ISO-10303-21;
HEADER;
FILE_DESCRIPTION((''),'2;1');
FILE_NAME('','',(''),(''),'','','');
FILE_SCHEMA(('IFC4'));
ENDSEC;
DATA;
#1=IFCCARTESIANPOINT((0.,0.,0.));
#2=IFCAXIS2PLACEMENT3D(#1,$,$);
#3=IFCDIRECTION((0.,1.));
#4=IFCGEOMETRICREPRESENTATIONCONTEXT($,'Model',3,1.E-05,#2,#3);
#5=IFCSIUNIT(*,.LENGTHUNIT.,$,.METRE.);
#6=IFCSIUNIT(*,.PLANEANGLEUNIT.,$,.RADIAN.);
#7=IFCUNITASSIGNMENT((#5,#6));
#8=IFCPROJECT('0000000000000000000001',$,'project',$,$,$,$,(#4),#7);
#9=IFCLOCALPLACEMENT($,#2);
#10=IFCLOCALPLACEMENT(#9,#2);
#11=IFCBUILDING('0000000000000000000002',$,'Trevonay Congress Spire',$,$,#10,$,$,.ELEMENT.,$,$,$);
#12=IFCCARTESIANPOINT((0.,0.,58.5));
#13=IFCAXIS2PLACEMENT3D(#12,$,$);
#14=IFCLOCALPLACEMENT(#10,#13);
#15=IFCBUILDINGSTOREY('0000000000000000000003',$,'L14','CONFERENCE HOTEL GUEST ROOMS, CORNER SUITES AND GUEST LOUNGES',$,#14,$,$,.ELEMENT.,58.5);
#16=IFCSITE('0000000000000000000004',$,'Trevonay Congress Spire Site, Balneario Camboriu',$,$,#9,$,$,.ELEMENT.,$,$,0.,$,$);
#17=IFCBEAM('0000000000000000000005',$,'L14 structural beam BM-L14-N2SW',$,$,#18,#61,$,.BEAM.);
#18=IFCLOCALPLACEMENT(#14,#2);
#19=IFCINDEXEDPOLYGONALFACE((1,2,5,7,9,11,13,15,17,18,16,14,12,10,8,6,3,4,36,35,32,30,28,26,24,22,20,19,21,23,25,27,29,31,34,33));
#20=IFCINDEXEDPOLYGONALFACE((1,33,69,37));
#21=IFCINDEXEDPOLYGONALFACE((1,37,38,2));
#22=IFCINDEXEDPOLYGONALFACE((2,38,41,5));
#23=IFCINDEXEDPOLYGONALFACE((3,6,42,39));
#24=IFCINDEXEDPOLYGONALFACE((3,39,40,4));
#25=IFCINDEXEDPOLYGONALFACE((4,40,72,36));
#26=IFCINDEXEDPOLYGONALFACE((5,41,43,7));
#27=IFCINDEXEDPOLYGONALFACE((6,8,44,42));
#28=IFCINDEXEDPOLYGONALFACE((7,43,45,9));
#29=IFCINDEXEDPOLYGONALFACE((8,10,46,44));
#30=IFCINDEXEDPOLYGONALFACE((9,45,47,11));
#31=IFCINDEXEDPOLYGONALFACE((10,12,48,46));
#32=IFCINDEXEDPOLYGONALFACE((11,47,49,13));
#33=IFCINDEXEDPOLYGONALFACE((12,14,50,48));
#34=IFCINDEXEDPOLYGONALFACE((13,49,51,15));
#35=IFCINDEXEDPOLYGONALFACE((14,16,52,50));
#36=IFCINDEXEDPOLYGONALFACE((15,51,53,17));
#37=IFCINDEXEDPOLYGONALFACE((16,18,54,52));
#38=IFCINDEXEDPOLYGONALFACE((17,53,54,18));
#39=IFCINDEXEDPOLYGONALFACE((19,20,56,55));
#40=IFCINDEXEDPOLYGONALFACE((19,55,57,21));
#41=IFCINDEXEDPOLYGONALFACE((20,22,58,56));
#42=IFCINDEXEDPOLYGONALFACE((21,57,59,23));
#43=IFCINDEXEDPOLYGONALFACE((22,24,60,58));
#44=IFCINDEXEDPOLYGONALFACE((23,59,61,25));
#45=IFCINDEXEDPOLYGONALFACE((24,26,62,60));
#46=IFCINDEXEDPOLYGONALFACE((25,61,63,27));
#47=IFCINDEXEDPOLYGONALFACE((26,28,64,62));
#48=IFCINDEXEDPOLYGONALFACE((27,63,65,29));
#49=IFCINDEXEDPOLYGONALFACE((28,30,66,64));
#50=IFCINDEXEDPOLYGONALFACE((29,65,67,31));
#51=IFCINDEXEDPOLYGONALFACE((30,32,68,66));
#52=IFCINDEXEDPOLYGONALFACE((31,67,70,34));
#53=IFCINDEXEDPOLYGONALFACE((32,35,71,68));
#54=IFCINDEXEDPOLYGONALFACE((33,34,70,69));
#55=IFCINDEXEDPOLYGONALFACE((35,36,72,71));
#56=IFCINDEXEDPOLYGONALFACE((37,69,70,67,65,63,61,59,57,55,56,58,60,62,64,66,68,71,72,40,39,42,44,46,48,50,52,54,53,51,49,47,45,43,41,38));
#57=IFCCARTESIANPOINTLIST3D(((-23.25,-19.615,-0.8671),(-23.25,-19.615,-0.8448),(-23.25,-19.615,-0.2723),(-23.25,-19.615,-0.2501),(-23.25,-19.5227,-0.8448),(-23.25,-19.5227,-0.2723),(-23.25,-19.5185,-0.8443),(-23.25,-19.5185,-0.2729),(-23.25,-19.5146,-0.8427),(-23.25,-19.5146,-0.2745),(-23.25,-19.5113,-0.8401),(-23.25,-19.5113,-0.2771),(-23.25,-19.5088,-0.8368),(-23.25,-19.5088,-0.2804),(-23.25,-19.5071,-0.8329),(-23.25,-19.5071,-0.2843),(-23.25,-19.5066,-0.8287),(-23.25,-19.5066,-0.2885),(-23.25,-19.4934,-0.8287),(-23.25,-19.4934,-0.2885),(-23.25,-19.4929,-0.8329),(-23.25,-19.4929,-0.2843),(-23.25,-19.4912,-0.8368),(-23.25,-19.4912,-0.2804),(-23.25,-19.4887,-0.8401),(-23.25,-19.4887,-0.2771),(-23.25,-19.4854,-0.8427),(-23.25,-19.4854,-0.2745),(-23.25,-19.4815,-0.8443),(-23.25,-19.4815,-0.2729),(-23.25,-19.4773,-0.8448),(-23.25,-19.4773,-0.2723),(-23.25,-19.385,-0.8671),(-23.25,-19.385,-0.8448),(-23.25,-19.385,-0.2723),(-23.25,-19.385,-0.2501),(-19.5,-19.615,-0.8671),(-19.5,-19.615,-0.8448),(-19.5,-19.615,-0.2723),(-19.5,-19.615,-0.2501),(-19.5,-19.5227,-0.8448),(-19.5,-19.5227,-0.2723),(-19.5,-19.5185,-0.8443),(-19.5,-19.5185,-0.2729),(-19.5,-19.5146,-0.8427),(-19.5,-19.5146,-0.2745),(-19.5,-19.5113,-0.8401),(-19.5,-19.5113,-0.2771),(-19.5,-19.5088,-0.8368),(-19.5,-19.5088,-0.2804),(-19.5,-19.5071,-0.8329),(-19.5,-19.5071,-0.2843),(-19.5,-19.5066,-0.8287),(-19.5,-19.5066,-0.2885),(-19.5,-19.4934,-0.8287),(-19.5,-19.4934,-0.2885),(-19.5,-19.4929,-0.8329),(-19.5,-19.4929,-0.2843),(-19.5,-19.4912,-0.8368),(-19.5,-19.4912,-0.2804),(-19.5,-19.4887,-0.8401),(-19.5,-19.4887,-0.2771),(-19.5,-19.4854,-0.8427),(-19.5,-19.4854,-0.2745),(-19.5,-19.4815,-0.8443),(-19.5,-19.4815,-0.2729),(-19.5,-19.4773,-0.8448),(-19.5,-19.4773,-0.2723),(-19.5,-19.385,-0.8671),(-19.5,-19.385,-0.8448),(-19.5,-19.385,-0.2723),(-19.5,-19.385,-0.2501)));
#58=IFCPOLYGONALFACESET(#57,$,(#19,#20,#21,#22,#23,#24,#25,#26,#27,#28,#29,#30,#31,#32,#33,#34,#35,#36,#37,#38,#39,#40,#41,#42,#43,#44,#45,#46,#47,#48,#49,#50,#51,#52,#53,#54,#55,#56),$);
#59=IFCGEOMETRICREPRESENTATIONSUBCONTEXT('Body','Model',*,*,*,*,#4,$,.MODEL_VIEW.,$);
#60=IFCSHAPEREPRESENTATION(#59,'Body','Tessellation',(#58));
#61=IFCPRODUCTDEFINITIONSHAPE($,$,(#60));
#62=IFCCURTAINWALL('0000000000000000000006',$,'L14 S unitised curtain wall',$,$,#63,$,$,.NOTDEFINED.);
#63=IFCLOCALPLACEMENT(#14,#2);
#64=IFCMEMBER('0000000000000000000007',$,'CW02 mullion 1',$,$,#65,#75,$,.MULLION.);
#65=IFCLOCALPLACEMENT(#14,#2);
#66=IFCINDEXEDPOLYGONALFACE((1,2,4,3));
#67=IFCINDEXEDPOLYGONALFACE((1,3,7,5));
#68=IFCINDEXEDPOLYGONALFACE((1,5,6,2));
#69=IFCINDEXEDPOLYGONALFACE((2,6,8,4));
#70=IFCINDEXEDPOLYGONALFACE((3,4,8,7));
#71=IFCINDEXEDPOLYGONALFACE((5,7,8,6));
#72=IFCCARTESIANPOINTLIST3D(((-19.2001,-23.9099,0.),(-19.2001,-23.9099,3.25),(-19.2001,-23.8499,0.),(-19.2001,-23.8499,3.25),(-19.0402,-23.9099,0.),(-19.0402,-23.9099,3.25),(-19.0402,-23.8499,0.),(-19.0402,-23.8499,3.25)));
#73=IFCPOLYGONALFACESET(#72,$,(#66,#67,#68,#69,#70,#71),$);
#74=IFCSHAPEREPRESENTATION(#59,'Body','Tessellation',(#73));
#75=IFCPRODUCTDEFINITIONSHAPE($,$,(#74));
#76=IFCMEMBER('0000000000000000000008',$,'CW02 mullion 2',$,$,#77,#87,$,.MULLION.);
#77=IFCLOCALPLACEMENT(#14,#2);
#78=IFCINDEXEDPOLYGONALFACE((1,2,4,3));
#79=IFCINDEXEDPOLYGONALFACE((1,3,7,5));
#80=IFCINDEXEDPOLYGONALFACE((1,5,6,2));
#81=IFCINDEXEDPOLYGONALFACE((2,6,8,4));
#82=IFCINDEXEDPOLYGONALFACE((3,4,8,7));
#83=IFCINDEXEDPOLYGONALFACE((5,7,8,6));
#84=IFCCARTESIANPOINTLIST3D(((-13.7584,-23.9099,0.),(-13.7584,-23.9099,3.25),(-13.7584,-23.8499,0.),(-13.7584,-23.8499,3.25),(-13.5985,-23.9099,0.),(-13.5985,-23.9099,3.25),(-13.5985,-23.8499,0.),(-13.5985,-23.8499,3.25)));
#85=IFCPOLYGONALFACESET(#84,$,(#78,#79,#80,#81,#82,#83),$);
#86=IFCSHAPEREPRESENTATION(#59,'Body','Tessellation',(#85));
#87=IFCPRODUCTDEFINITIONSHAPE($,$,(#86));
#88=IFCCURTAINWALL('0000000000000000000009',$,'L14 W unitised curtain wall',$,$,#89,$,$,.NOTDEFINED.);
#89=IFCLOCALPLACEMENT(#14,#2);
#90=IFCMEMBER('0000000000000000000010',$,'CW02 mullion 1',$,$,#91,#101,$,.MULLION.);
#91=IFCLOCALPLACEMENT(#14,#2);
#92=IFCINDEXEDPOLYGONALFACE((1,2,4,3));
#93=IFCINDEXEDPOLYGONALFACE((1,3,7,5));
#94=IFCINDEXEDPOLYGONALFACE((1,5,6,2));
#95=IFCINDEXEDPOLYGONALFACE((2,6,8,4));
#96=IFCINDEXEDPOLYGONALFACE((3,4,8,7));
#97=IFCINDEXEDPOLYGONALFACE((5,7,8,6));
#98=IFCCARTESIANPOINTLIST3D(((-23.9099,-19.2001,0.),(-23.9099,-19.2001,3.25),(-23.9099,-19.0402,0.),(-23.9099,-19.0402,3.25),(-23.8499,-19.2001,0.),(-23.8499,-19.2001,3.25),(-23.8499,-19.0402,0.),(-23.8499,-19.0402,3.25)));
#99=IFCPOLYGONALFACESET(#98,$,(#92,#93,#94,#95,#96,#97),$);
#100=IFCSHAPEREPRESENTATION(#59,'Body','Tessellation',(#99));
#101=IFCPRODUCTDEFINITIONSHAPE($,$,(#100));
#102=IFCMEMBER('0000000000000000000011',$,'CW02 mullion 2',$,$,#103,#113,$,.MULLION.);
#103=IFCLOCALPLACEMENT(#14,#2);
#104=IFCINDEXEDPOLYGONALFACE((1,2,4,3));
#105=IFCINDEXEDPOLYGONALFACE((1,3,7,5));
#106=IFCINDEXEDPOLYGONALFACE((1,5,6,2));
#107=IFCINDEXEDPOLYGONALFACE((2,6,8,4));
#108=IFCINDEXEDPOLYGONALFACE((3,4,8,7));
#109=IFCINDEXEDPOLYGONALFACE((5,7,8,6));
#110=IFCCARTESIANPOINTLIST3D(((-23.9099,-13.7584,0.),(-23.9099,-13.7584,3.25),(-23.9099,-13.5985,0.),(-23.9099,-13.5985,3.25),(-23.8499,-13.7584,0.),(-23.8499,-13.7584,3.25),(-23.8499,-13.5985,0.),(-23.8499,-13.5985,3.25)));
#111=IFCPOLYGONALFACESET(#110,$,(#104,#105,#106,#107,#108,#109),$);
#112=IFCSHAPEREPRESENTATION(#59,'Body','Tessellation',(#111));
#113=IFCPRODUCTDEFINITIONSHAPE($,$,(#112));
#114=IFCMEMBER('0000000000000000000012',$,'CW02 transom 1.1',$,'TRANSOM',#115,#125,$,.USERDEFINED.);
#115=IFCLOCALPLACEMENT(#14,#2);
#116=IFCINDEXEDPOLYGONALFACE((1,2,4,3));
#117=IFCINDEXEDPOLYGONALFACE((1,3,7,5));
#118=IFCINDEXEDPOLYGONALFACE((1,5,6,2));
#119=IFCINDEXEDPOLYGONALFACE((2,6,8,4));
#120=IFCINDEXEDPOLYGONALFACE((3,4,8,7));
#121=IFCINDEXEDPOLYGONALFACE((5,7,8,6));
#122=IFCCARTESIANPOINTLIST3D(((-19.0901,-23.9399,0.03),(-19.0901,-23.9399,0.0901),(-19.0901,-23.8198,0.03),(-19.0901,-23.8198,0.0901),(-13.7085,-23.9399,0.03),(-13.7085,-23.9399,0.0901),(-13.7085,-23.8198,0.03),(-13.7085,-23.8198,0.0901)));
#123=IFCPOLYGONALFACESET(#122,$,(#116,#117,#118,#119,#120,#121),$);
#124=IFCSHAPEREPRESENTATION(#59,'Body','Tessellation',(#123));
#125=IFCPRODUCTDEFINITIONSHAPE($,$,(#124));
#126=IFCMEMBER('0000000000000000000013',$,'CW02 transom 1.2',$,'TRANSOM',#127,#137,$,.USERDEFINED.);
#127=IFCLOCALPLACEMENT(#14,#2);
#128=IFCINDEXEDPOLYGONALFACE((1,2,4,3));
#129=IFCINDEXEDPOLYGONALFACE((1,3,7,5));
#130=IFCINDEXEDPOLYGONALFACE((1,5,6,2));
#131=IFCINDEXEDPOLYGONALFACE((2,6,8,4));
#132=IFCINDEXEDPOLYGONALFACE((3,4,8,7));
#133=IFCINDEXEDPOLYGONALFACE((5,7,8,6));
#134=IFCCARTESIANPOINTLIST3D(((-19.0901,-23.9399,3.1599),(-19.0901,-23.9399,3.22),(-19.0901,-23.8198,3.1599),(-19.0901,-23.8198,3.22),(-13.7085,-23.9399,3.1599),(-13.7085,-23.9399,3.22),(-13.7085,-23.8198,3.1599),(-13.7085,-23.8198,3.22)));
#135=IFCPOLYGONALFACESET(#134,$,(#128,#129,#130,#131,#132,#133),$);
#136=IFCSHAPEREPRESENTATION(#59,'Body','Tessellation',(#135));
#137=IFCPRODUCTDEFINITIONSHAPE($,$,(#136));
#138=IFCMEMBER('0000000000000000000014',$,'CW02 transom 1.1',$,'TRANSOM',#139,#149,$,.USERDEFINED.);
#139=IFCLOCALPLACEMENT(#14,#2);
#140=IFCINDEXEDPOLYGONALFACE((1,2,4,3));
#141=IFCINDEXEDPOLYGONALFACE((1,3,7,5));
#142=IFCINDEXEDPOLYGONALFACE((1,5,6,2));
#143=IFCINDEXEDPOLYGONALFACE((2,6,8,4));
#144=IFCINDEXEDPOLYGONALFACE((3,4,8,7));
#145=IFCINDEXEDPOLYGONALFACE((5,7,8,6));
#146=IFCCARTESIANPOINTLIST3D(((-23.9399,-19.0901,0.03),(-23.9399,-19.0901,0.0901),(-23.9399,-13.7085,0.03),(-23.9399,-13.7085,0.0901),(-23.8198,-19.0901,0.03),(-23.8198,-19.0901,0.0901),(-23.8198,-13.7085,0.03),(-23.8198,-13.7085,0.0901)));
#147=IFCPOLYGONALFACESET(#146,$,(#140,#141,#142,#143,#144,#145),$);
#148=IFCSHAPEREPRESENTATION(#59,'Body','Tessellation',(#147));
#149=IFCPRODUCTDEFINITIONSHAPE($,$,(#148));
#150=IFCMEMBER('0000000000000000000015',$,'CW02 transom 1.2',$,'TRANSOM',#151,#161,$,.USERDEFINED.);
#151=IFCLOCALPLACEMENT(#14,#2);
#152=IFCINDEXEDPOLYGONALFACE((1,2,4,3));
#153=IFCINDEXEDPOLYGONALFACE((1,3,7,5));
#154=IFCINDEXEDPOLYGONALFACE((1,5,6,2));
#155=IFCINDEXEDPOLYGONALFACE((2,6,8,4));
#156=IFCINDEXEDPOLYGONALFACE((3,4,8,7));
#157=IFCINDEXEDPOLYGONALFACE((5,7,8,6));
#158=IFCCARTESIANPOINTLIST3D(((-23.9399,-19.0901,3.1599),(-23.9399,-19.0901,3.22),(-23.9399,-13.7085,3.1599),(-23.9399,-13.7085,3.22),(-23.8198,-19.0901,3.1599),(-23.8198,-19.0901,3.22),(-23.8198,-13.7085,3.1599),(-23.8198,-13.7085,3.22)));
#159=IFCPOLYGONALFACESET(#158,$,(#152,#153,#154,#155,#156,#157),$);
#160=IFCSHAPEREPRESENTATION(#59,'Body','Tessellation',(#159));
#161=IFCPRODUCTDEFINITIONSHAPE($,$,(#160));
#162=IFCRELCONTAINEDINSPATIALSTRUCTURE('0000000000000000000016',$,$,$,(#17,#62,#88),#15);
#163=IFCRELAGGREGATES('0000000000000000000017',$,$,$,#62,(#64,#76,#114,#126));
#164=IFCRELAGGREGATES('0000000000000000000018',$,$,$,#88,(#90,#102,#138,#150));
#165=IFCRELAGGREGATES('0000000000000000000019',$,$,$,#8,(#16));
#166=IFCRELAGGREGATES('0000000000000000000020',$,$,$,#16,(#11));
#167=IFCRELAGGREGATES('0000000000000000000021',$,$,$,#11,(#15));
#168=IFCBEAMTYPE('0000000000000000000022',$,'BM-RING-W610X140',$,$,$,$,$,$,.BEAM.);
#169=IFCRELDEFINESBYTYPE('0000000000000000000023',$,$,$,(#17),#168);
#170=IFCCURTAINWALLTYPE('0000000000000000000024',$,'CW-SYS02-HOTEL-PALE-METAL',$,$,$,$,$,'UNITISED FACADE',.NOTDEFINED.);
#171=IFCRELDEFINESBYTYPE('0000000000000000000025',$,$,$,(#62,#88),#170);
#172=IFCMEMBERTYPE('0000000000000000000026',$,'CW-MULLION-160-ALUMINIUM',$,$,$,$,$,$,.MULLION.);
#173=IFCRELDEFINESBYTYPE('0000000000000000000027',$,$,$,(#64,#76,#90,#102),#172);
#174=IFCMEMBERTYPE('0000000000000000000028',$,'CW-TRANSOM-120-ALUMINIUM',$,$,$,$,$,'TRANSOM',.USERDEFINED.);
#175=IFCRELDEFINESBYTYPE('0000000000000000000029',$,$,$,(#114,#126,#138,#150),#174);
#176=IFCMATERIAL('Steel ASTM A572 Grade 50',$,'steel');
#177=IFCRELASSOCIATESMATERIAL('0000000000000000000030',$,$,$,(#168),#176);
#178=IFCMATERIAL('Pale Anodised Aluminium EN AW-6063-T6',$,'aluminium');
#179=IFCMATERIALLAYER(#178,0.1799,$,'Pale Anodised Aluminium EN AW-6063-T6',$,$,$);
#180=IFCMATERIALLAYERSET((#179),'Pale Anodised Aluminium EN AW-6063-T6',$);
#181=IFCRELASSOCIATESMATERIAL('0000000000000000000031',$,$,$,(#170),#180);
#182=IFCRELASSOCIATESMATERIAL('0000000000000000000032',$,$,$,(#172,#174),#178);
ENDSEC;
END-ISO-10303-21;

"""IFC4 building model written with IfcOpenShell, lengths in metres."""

from ifc_helpers import new_model, si_unit, direction, frame, origin, origin_2d, place, context, subcontext, project, spatial, rectangle, i_section, extrude, material, layer, layer_set, material_profile, profile_set, type_object, element, aggregate, save


model = new_model("IFC4")

# Units and contexts
model_context = context("Model", 3, precision=1e-05, world=origin(), true_north=direction((0.0, 1.0)))
body_context = subcontext(model_context, "Body", "Model", "MODEL_VIEW")
ifc_project = project(units=[si_unit("LENGTHUNIT", "METRE"), si_unit("PLANEANGLEUNIT", "RADIAN")], contexts=[model_context])

# Site, building, storey
site_placement = place(None, origin())
site = spatial("IfcSite", under=ifc_project, at=site_placement, Name="Trevonay Congress Spire Site, Balneario Camboriu", CompositionType="ELEMENT", RefElevation=0.0)
building_placement = place(site_placement, origin())
building = spatial("IfcBuilding", under=site, at=building_placement, Name="Trevonay Congress Spire", CompositionType="ELEMENT")
storey_placement = place(building_placement, frame((0.0, 0.0, 58.5)))
storey = spatial("IfcBuildingStorey", under=building, at=storey_placement, Name="L14", Description="CONFERENCE HOTEL GUEST ROOMS, CORNER SUITES AND GUEST LOUNGES", CompositionType="ELEMENT", Elevation=58.5)

# Shared definitions
ifc_material_1 = material(Name="Steel ASTM A572 Grade 50", Category="steel")

# Beam
ifc_material_profile_1 = material_profile(ifc_material_1, i_section(OverallWidth=0.23, OverallDepth=0.6169, WebThickness=0.0132, FlangeThickness=0.0222, FilletRadius=0.0161, at=origin_2d()), Name="W610x140")
ifc_profile_set_1 = profile_set([ifc_material_profile_1], Name="Steel ASTM A572 Grade 50")
beam_type_1 = type_object("IfcBeamType", Name="BM-RING-W610X140", PredefinedType="BEAM", material=ifc_profile_set_1)
for number, where, z_axis, x_axis, name in (
    (1, (-23.25, -19.5, -0.5586), (1.0, 0.0, 0.0), (0.0, 1.0, 0.0), "L14 structural beam BM-L14-N2SW"),
):
    element("IfcBeam", number, at=place(storey_placement, frame(where, z_axis=z_axis, x_axis=x_axis)), inside=storey, type_object=beam_type_1, Name=name, PredefinedType="BEAM", context=body_context, shape_type="SweptSolid", body=[
        extrude(i_section(OverallWidth=0.23, OverallDepth=0.6169, WebThickness=0.0132, FlangeThickness=0.0222, FilletRadius=0.0161, at=origin_2d()), origin(), (0.0, 0.0, 1.0), 3.75),
    ])

# Curtain walls, members
ifc_material_2 = material(Name="Pale Anodised Aluminium EN AW-6063-T6", Category="aluminium")
ifc_layer_1 = layer(ifc_material_2, 0.1799, Name="Pale Anodised Aluminium EN AW-6063-T6")
ifc_layer_set_1 = layer_set([ifc_layer_1], Name="Pale Anodised Aluminium EN AW-6063-T6")
curtain_wall_type = type_object("IfcCurtainWallType", Name="CW-SYS02-HOTEL-PALE-METAL", ElementType="UNITISED FACADE", PredefinedType="NOTDEFINED", material=ifc_layer_set_1)
curtain_wall_1_placement = place(storey_placement, origin())
curtain_wall_1 = element("IfcCurtainWall", 2, at=curtain_wall_1_placement, inside=storey, type_object=curtain_wall_type, Name="L14 S unitised curtain wall", PredefinedType="NOTDEFINED")
ifc_material_profile_2 = material_profile(ifc_material_2, rectangle(XDim=0.0601, YDim=0.1599, at=origin_2d()), Name="CW-MULLION-160-ALUMINIUM")
ifc_profile_set_2 = profile_set([ifc_material_profile_2], Name="Pale Anodised Aluminium EN AW-6063-T6")
member_type_1 = type_object("IfcMemberType", Name="CW-MULLION-160-ALUMINIUM", PredefinedType="MULLION", material=ifc_profile_set_2)
member_1_placement = place(storey_placement, frame((-19.1201, -23.8799, 0.0), z_axis=(0.0, 0.0, 1.0), x_axis=(0.0, 1.0, 0.0)))
member_1 = element("IfcMember", 3, at=member_1_placement, type_object=member_type_1, Name="CW02 mullion 1", PredefinedType="MULLION", context=body_context, shape_type="SweptSolid", body=[
    extrude(rectangle(XDim=0.0601, YDim=0.1599, at=origin_2d()), origin(), (0.0, 0.0, 1.0), 3.25),
])
member_2_placement = place(storey_placement, frame((-13.6785, -23.8799, 0.0), z_axis=(0.0, 0.0, 1.0), x_axis=(0.0, 1.0, 0.0)))
member_2 = element("IfcMember", 4, at=member_2_placement, type_object=member_type_1, Name="CW02 mullion 2", PredefinedType="MULLION", context=body_context, shape_type="SweptSolid", body=[
    extrude(rectangle(XDim=0.0601, YDim=0.1599, at=origin_2d()), origin(), (0.0, 0.0, 1.0), 3.25),
])
curtain_wall_2_placement = place(storey_placement, origin())
curtain_wall_2 = element("IfcCurtainWall", 5, at=curtain_wall_2_placement, inside=storey, type_object=curtain_wall_type, Name="L14 W unitised curtain wall", PredefinedType="NOTDEFINED")
member_3_placement = place(storey_placement, frame((-23.8799, -19.1201, 0.0), z_axis=(0.0, 0.0, 1.0), x_axis=(-1.0, 0.0, 0.0)))
member_3 = element("IfcMember", 6, at=member_3_placement, type_object=member_type_1, Name="CW02 mullion 1", PredefinedType="MULLION", context=body_context, shape_type="SweptSolid", body=[
    extrude(rectangle(XDim=0.0601, YDim=0.1599, at=origin_2d()), origin(), (0.0, 0.0, 1.0), 3.25),
])
member_4_placement = place(storey_placement, frame((-23.8799, -13.6785, 0.0), z_axis=(0.0, 0.0, 1.0), x_axis=(-1.0, 0.0, 0.0)))
member_4 = element("IfcMember", 7, at=member_4_placement, type_object=member_type_1, Name="CW02 mullion 2", PredefinedType="MULLION", context=body_context, shape_type="SweptSolid", body=[
    extrude(rectangle(XDim=0.0601, YDim=0.1599, at=origin_2d()), origin(), (0.0, 0.0, 1.0), 3.25),
])

# Members
ifc_material_profile_3 = material_profile(ifc_material_2, rectangle(XDim=0.1201, YDim=0.0601, at=origin_2d()), Name="CW-TRANSOM-120-ALUMINIUM")
ifc_profile_set_3 = profile_set([ifc_material_profile_3], Name="Pale Anodised Aluminium EN AW-6063-T6")
member_type_2 = type_object("IfcMemberType", Name="CW-TRANSOM-120-ALUMINIUM", ElementType="TRANSOM", PredefinedType="USERDEFINED", material=ifc_profile_set_3)
member_5_placement = place(storey_placement, frame((-19.0901, -23.8799, 0.0601), z_axis=(1.0, 0.0, 0.0), x_axis=(0.0, 1.0, 0.0)))
member_5 = element("IfcMember", 8, at=member_5_placement, type_object=member_type_2, Name="CW02 transom 1.1", ObjectType="TRANSOM", PredefinedType="USERDEFINED", context=body_context, shape_type="SweptSolid", body=[
    extrude(rectangle(XDim=0.1201, YDim=0.0601, at=origin_2d()), origin(), (0.0, 0.0, 1.0), 5.3816),
])
member_6_placement = place(storey_placement, frame((-19.0901, -23.8799, 3.1899), z_axis=(1.0, 0.0, 0.0), x_axis=(0.0, 1.0, 0.0)))
member_6 = element("IfcMember", 9, at=member_6_placement, type_object=member_type_2, Name="CW02 transom 1.2", ObjectType="TRANSOM", PredefinedType="USERDEFINED", context=body_context, shape_type="SweptSolid", body=[
    extrude(rectangle(XDim=0.1201, YDim=0.0601, at=origin_2d()), origin(), (0.0, 0.0, 1.0), 5.3816),
])
member_7_placement = place(storey_placement, frame((-23.8799, -19.0901, 0.0601), z_axis=(0.0, 1.0, 0.0), x_axis=(-1.0, 0.0, 0.0)))
member_7 = element("IfcMember", 10, at=member_7_placement, type_object=member_type_2, Name="CW02 transom 1.1", ObjectType="TRANSOM", PredefinedType="USERDEFINED", context=body_context, shape_type="SweptSolid", body=[
    extrude(rectangle(XDim=0.1201, YDim=0.0601, at=origin_2d()), origin(), (0.0, 0.0, 1.0), 5.3816),
])
member_8_placement = place(storey_placement, frame((-23.8799, -19.0901, 3.1899), z_axis=(0.0, 1.0, 0.0), x_axis=(-1.0, 0.0, 0.0)))
member_8 = element("IfcMember", 11, at=member_8_placement, type_object=member_type_2, Name="CW02 transom 1.2", ObjectType="TRANSOM", PredefinedType="USERDEFINED", context=body_context, shape_type="SweptSolid", body=[
    extrude(rectangle(XDim=0.1201, YDim=0.0601, at=origin_2d()), origin(), (0.0, 0.0, 1.0), 5.3816),
])

aggregate(curtain_wall_1, [member_1, member_2, member_5, member_6])
aggregate(curtain_wall_2, [member_3, member_4, member_7, member_8])

save(model, "model.ifc")
